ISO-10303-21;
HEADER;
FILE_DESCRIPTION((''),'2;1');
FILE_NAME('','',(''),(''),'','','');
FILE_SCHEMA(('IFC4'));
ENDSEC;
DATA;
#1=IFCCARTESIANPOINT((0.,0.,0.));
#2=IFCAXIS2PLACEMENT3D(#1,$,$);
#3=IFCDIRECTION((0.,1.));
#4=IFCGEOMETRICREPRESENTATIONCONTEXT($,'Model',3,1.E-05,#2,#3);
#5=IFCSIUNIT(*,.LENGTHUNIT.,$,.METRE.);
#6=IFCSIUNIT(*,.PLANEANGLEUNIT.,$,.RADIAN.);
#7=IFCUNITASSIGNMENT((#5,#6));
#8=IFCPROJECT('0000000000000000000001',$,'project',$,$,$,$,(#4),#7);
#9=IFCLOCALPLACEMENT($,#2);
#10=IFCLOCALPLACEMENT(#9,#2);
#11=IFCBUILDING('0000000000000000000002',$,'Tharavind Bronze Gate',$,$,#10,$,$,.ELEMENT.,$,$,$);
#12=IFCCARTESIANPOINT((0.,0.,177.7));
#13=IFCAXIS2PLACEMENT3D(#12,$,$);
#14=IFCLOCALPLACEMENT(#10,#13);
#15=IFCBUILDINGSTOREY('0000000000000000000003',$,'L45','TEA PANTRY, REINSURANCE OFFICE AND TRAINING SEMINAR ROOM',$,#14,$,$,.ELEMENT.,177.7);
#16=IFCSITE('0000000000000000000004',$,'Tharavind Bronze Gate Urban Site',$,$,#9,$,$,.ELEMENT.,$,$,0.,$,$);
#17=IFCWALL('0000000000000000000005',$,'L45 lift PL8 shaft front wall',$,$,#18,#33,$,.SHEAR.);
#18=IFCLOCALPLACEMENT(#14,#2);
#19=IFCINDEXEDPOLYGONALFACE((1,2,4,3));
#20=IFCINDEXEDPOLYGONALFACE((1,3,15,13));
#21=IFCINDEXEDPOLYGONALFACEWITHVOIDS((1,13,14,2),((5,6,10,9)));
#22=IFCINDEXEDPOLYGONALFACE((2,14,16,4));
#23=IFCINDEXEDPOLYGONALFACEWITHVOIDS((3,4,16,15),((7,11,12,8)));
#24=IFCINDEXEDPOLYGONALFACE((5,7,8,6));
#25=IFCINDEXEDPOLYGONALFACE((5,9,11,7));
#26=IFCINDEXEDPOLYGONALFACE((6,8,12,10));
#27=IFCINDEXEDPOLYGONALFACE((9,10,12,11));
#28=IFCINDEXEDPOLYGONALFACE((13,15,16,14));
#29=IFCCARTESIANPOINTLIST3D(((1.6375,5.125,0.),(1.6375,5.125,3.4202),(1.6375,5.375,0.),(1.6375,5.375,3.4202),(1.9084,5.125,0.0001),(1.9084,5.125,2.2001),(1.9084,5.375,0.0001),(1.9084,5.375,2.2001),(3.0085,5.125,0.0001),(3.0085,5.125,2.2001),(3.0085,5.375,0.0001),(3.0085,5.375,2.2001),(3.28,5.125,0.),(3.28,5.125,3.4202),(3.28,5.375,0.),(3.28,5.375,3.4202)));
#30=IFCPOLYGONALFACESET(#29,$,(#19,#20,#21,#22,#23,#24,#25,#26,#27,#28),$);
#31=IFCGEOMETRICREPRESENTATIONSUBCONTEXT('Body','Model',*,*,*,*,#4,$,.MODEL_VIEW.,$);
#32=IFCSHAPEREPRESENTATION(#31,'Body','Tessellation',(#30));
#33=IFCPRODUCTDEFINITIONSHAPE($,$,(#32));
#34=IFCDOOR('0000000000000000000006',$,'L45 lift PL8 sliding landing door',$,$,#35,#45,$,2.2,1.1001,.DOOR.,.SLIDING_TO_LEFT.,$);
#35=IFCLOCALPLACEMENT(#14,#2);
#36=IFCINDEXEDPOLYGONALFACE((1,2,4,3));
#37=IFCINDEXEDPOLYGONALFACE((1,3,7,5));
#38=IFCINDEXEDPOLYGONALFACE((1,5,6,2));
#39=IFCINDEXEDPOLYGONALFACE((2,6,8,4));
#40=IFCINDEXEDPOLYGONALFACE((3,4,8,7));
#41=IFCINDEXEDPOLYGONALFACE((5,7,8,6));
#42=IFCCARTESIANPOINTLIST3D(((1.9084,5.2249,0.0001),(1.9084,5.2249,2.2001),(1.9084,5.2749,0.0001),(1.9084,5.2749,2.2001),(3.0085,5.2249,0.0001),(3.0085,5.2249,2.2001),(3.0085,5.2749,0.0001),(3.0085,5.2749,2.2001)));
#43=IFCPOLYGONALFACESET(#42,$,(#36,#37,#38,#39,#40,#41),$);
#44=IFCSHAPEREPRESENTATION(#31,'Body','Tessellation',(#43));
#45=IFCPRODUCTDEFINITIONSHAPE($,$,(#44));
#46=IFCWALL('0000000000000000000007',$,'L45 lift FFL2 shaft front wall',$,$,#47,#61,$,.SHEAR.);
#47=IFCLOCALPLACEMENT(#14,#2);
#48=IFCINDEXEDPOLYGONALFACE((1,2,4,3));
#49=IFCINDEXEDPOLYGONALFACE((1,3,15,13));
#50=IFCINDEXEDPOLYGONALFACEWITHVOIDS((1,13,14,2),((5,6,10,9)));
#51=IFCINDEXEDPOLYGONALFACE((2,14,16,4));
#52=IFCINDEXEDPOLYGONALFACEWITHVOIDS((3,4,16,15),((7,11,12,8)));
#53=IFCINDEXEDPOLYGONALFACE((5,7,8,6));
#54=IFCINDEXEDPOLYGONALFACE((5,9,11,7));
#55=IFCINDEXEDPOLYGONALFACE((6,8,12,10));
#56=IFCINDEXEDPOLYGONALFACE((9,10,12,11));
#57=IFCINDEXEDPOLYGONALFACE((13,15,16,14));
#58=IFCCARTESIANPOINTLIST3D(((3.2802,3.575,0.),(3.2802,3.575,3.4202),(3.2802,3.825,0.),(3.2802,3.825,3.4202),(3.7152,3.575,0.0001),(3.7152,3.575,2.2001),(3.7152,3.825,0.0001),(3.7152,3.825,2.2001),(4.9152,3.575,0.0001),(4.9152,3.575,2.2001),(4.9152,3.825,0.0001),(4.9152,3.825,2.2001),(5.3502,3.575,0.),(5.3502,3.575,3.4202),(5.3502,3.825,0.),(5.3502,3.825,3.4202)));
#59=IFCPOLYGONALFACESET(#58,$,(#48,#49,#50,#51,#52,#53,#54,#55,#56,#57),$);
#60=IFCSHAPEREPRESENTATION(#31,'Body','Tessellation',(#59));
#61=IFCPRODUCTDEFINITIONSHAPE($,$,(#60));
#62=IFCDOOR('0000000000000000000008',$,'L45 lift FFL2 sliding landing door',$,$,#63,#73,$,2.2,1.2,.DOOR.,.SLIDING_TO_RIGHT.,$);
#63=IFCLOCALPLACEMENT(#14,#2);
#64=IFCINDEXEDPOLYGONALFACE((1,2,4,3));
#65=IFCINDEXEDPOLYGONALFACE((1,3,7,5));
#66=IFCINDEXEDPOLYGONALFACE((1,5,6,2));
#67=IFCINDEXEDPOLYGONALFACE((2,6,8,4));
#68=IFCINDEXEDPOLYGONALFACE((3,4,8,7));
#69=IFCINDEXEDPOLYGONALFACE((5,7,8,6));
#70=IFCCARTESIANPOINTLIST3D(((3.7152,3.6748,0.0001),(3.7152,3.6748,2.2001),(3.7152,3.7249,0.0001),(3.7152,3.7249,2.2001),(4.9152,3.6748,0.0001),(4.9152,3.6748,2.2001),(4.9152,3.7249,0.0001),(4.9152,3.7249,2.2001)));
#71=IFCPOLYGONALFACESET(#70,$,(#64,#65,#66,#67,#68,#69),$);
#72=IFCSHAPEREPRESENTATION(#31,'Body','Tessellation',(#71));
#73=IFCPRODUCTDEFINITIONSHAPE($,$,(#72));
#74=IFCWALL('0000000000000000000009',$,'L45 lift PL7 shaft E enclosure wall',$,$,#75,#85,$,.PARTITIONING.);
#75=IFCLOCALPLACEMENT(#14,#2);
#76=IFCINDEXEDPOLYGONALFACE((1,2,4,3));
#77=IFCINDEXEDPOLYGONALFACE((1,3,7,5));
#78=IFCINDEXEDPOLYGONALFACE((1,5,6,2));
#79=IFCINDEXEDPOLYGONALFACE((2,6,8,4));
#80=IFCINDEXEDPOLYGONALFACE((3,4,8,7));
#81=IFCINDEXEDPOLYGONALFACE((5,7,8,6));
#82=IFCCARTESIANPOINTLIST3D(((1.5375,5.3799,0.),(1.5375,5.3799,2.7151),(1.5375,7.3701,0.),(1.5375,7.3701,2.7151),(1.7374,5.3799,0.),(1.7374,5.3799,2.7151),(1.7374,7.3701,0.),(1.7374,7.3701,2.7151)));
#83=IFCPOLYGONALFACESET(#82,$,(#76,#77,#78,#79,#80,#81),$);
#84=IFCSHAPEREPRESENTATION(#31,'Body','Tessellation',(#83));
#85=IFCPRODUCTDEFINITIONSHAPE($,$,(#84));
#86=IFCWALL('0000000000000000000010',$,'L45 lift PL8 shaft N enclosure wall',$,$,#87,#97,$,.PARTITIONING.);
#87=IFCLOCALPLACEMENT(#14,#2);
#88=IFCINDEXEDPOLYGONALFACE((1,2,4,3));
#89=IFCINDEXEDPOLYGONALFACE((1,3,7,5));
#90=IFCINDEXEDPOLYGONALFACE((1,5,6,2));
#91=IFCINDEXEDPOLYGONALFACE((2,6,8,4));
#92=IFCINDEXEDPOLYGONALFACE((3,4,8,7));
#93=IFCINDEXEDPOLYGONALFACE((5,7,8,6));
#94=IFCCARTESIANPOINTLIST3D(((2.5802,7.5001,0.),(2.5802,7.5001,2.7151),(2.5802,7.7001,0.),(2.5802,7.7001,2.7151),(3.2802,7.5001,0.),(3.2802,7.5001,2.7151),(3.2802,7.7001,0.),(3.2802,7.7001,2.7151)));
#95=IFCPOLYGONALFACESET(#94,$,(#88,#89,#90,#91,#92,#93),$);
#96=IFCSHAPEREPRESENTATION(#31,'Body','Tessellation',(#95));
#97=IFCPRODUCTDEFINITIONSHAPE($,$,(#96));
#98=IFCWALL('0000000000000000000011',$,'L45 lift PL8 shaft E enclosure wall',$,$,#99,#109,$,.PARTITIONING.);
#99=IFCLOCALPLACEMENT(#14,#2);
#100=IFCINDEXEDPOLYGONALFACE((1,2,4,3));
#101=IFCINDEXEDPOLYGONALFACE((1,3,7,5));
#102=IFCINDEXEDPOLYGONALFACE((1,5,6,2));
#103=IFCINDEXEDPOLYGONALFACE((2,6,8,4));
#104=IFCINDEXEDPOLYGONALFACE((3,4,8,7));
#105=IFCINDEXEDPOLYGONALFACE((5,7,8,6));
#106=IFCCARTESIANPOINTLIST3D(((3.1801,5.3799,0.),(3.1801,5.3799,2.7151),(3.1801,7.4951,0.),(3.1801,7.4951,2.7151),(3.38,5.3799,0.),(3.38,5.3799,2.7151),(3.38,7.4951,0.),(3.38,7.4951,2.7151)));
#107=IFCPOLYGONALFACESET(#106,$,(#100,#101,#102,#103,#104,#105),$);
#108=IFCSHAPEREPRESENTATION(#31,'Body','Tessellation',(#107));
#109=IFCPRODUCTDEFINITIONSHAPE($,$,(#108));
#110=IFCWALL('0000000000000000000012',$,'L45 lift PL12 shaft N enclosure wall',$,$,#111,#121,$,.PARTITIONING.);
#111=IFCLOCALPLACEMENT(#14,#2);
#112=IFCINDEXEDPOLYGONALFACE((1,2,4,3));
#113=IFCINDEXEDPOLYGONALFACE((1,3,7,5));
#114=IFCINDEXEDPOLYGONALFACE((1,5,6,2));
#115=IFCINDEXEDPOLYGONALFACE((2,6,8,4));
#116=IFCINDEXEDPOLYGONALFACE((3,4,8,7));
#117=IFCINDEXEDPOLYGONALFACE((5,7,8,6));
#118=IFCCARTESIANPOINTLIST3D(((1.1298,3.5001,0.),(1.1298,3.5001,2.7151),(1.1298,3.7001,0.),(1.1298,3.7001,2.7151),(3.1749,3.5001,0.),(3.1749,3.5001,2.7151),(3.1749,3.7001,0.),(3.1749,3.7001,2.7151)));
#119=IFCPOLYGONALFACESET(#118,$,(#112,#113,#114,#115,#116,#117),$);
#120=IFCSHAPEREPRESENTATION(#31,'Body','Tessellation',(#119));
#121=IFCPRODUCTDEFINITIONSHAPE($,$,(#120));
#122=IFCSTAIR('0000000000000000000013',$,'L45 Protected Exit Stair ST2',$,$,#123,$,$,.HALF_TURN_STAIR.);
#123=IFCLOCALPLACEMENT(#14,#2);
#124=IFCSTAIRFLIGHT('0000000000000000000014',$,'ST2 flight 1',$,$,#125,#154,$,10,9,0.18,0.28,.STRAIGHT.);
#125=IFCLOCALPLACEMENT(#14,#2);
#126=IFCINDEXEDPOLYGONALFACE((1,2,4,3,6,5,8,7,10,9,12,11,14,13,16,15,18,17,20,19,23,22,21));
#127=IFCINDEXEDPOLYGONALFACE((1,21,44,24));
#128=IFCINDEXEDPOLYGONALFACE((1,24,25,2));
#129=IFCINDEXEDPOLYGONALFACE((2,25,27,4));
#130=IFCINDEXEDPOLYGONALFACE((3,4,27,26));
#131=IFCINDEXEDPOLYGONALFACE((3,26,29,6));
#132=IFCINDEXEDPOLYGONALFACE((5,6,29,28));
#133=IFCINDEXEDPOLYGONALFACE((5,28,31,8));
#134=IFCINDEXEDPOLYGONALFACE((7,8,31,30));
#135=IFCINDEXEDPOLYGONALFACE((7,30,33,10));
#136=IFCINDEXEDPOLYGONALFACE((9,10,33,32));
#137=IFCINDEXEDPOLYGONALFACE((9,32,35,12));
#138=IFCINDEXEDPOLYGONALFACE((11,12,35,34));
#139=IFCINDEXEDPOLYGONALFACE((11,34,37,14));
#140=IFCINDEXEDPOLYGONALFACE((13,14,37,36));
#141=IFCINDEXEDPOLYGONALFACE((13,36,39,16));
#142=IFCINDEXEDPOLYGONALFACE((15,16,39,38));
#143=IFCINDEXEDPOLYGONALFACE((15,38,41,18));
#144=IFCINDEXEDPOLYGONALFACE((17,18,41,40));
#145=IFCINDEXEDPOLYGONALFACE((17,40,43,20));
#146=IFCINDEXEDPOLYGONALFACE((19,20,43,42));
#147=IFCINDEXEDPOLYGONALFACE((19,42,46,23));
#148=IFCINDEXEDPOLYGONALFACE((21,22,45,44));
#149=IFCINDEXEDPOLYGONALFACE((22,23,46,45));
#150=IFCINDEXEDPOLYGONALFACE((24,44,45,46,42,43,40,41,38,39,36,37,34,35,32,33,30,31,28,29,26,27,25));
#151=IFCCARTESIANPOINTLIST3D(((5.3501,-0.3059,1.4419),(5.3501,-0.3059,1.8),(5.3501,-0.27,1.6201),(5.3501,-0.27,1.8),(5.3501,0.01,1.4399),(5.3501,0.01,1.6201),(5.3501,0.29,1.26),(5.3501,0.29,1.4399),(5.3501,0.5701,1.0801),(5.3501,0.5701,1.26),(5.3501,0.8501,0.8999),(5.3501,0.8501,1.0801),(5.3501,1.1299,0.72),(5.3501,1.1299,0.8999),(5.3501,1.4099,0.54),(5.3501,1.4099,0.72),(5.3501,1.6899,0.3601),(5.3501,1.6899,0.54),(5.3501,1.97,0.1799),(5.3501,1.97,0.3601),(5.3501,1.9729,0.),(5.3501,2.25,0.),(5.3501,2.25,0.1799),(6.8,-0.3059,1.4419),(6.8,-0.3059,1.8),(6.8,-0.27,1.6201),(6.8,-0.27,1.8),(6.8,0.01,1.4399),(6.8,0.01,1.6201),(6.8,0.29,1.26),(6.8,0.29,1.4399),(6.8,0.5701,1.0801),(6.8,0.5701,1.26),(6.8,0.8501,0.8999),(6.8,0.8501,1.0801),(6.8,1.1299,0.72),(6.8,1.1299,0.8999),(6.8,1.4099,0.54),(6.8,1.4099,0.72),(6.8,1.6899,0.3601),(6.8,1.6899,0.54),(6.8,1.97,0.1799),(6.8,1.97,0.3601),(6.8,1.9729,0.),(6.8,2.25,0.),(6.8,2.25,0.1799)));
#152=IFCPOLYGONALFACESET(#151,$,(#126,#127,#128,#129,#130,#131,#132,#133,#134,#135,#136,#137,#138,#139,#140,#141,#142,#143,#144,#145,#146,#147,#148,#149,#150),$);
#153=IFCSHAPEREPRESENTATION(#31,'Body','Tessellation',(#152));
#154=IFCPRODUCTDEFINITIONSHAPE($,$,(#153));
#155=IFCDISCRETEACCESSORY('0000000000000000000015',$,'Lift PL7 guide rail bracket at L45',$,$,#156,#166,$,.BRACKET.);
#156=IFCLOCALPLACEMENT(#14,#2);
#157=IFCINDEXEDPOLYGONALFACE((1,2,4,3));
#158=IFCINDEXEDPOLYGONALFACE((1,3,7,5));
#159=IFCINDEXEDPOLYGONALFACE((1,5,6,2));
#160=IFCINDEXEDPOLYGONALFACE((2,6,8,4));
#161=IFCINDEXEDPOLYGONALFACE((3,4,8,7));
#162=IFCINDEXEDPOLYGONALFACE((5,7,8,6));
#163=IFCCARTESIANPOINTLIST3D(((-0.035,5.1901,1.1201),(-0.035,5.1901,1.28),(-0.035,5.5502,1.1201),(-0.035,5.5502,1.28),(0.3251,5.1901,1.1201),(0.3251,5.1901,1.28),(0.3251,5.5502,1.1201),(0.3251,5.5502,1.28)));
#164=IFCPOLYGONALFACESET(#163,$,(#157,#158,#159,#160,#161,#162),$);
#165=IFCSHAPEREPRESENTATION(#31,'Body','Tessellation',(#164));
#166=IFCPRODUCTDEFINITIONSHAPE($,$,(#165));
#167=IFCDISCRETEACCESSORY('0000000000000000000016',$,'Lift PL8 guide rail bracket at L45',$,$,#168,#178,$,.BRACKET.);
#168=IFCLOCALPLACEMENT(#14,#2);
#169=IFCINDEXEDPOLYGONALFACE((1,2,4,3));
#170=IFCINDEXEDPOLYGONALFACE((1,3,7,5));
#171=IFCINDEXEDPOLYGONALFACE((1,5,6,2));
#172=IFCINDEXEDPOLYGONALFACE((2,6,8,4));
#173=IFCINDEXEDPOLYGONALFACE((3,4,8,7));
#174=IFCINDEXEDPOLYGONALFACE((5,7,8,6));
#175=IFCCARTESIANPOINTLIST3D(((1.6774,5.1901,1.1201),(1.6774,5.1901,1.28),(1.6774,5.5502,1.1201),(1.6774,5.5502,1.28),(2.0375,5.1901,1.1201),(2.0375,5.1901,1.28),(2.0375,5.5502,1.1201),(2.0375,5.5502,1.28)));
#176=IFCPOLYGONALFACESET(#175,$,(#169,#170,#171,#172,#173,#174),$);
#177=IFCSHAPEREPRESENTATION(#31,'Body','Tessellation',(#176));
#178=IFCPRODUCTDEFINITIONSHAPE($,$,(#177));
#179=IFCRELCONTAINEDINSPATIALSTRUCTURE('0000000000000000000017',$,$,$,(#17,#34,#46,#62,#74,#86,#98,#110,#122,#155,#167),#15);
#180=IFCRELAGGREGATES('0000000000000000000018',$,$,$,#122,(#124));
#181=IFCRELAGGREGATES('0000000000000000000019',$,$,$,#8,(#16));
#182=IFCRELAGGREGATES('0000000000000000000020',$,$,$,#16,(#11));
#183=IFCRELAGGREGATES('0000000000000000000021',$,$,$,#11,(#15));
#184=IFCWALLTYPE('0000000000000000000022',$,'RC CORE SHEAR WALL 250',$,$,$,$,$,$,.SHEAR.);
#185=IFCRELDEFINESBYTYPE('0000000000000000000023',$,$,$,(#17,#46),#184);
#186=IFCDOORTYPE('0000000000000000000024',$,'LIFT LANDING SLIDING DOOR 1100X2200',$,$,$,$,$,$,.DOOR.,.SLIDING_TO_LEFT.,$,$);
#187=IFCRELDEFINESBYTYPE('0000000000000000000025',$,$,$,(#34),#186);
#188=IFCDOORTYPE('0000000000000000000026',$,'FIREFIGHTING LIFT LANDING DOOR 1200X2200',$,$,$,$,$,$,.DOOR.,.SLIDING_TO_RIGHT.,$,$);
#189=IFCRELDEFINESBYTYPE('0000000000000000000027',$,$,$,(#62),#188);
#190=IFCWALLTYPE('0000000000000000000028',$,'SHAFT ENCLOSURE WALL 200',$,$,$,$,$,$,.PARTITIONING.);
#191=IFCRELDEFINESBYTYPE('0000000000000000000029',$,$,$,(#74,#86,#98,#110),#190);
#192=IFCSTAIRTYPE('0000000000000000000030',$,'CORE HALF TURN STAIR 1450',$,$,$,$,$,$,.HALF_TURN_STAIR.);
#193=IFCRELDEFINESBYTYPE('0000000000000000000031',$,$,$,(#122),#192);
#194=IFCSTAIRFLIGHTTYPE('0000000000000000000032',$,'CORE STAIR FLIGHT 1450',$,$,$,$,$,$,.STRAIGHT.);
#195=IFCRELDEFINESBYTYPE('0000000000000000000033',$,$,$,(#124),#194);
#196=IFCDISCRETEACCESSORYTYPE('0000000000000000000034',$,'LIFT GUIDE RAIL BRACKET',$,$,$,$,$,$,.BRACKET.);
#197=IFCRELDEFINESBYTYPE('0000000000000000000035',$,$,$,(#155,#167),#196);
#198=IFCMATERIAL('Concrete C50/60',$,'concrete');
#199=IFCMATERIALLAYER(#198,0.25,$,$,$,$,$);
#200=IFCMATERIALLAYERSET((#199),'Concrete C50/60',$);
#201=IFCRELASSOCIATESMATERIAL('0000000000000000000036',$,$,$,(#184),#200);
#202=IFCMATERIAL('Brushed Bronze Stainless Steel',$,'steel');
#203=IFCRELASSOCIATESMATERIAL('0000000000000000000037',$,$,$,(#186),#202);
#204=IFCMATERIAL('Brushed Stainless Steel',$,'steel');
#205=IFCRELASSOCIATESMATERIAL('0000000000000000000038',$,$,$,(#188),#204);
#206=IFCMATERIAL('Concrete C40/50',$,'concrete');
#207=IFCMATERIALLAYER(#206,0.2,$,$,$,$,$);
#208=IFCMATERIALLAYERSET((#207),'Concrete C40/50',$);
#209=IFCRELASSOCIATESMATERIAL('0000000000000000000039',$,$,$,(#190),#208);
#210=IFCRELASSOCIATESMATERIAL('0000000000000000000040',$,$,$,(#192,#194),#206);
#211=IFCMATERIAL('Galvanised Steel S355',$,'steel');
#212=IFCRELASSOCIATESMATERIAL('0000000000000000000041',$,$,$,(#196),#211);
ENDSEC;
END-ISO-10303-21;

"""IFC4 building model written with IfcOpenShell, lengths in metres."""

from ifc_helpers import new_model, si_unit, direction, frame, frame_2d, origin, origin_2d, place, context, subcontext, project, spatial, polyline, rectangle, outline, extrude, material, layer, layer_set, type_object, element, fill, aggregate, save


model = new_model("IFC4")

# Units and contexts
model_context = context("Model", 3, precision=1e-05, world=origin(), true_north=direction((0.0, 1.0)))
body_context = subcontext(model_context, "Body", "Model", "MODEL_VIEW")
ifc_project = project(units=[si_unit("LENGTHUNIT", "METRE"), si_unit("PLANEANGLEUNIT", "RADIAN")], contexts=[model_context])

# Site, building, storey
site_placement = place(None, origin())
site = spatial("IfcSite", under=ifc_project, at=site_placement, Name="Tharavind Bronze Gate Urban Site", CompositionType="ELEMENT", RefElevation=0.0)
building_placement = place(site_placement, origin())
building = spatial("IfcBuilding", under=site, at=building_placement, Name="Tharavind Bronze Gate", CompositionType="ELEMENT")
storey_placement = place(building_placement, frame((0.0, 0.0, 177.7)))
storey = spatial("IfcBuildingStorey", under=building, at=storey_placement, Name="L45", Description="TEA PANTRY, REINSURANCE OFFICE AND TRAINING SEMINAR ROOM", CompositionType="ELEMENT", Elevation=177.7)

# Walls, openings, doors
ifc_material_1 = material(Name="Concrete C50/60", Category="concrete")
ifc_layer_1 = layer(ifc_material_1, 0.25)
ifc_layer_set_1 = layer_set([ifc_layer_1], Name="Concrete C50/60")
wall_type_1 = type_object("IfcWallType", Name="RC CORE SHEAR WALL 250", PredefinedType="SHEAR", material=ifc_layer_set_1)
wall_1_placement = place(storey_placement, frame((1.6375, 5.25, 0.0), z_axis=(0.0, 0.0, 1.0), x_axis=(1.0, 0.0, 0.0)))
wall_1 = element("IfcWall", 1, at=wall_1_placement, inside=storey, type_object=wall_type_1, Name="L45 lift PL8 shaft front wall", PredefinedType="SHEAR", context=body_context, shape_type="SweptSolid", body=[
    extrude(rectangle(XDim=1.6426, YDim=0.25, at=frame_2d((0.8213, 0.0))), origin(), (0.0, 0.0, 1.0), 3.4202),
])
opening_1_placement = place(wall_1_placement, frame((0.271, 0.0, 0.0)))
opening_1 = element("IfcOpeningElement", 2, at=opening_1_placement, cuts=wall_1, PredefinedType="OPENING", context=body_context, shape_type="SweptSolid", body=[
    extrude(rectangle(XDim=1.1001, YDim=2.2, at=frame_2d((0.55, 1.1001))), frame((0.0, 0.135, 0.0), z_axis=(0.0, -1.0, 0.0), x_axis=(1.0, 0.0, 0.0)), (0.0, 0.0, 1.0), 0.27),
])
ifc_material_2 = material(Name="Brushed Bronze Stainless Steel", Category="steel")
door_type_1 = type_object("IfcDoorType", Name="LIFT LANDING SLIDING DOOR 1100X2200", OperationType="SLIDING_TO_LEFT", PredefinedType="DOOR", material=ifc_material_2)
door_1_placement = place(opening_1_placement, origin())
door_1 = element("IfcDoor", 3, at=door_1_placement, inside=storey, type_object=door_type_1, Name="L45 lift PL8 sliding landing door", OperationType="SLIDING_TO_LEFT", OverallHeight=2.2, OverallWidth=1.1001, PredefinedType="DOOR", context=body_context, shape_type="SweptSolid", body=[
    extrude(rectangle(XDim=1.1001, YDim=2.2, at=frame_2d((0.55, 1.1001))), frame((0.0, 0.0249, 0.0), z_axis=(0.0, -1.0, 0.0), x_axis=(1.0, 0.0, 0.0)), (0.0, 0.0, 1.0), 0.05),
])
fill(opening_1, door_1)
wall_2_placement = place(storey_placement, frame((3.28, 3.7, 0.0), z_axis=(0.0, 0.0, 1.0), x_axis=(1.0, 0.0, 0.0)))
wall_2 = element("IfcWall", 4, at=wall_2_placement, inside=storey, type_object=wall_type_1, Name="L45 lift FFL2 shaft front wall", PredefinedType="SHEAR", context=body_context, shape_type="SweptSolid", body=[
    extrude(rectangle(XDim=2.0701, YDim=0.25, at=frame_2d((1.0352, 0.0))), origin(), (0.0, 0.0, 1.0), 3.4202),
])
opening_2_placement = place(wall_2_placement, frame((0.4351, 0.0, 0.0)))
opening_2 = element("IfcOpeningElement", 5, at=opening_2_placement, cuts=wall_2, PredefinedType="OPENING", context=body_context, shape_type="SweptSolid", body=[
    extrude(rectangle(XDim=1.2, YDim=2.2, at=frame_2d((0.6001, 1.1001))), frame((0.0, 0.135, 0.0), z_axis=(0.0, -1.0, 0.0), x_axis=(1.0, 0.0, 0.0)), (0.0, 0.0, 1.0), 0.27),
])
ifc_material_3 = material(Name="Brushed Stainless Steel", Category="steel")
door_type_2 = type_object("IfcDoorType", Name="FIREFIGHTING LIFT LANDING DOOR 1200X2200", OperationType="SLIDING_TO_RIGHT", PredefinedType="DOOR", material=ifc_material_3)
door_2_placement = place(opening_2_placement, origin())
door_2 = element("IfcDoor", 6, at=door_2_placement, inside=storey, type_object=door_type_2, Name="L45 lift FFL2 sliding landing door", OperationType="SLIDING_TO_RIGHT", OverallHeight=2.2, OverallWidth=1.2, PredefinedType="DOOR", context=body_context, shape_type="SweptSolid", body=[
    extrude(rectangle(XDim=1.2, YDim=2.2, at=frame_2d((0.6001, 1.1001))), frame((0.0, 0.0249, 0.0), z_axis=(0.0, -1.0, 0.0), x_axis=(1.0, 0.0, 0.0)), (0.0, 0.0, 1.0), 0.05),
])
fill(opening_2, door_2)

# Walls
ifc_material_4 = material(Name="Concrete C40/50", Category="concrete")
ifc_layer_2 = layer(ifc_material_4, 0.2)
ifc_layer_set_2 = layer_set([ifc_layer_2], Name="Concrete C40/50")
wall_type_2 = type_object("IfcWallType", Name="SHAFT ENCLOSURE WALL 200", PredefinedType="PARTITIONING", material=ifc_layer_set_2)
wall_3_placement = place(storey_placement, frame((1.6375, 5.3799, 0.0), z_axis=(0.0, 0.0, 1.0), x_axis=(0.0, 1.0, 0.0)))
element("IfcWall", 7, at=wall_3_placement, inside=storey, type_object=wall_type_2, Name="L45 lift PL7 shaft E enclosure wall", PredefinedType="PARTITIONING", context=body_context, shape_type="SweptSolid", body=[
    extrude(rectangle(XDim=1.9902, YDim=0.2, at=frame_2d((0.9951, 0.0))), origin(), (0.0, 0.0, 1.0), 2.7151),
])
wall_4_placement = place(storey_placement, frame((2.5801, 7.6001, 0.0), z_axis=(0.0, 0.0, 1.0), x_axis=(1.0, 0.0, 0.0)))
element("IfcWall", 8, at=wall_4_placement, inside=storey, type_object=wall_type_2, Name="L45 lift PL8 shaft N enclosure wall", PredefinedType="PARTITIONING", context=body_context, shape_type="SweptSolid", body=[
    extrude(rectangle(XDim=0.7, YDim=0.2, at=frame_2d((0.3501, 0.0))), origin(), (0.0, 0.0, 1.0), 2.7151),
])
wall_5_placement = place(storey_placement, frame((3.28, 5.3799, 0.0), z_axis=(0.0, 0.0, 1.0), x_axis=(0.0, 1.0, 0.0)))
element("IfcWall", 9, at=wall_5_placement, inside=storey, type_object=wall_type_2, Name="L45 lift PL8 shaft E enclosure wall", PredefinedType="PARTITIONING", context=body_context, shape_type="SweptSolid", body=[
    extrude(rectangle(XDim=2.1152, YDim=0.2, at=frame_2d((1.0576, 0.0))), origin(), (0.0, 0.0, 1.0), 2.7151),
])
wall_6_placement = place(storey_placement, frame((1.1299, 3.6001, 0.0), z_axis=(0.0, 0.0, 1.0), x_axis=(1.0, 0.0, 0.0)))
element("IfcWall", 10, at=wall_6_placement, inside=storey, type_object=wall_type_2, Name="L45 lift PL12 shaft N enclosure wall", PredefinedType="PARTITIONING", context=body_context, shape_type="SweptSolid", body=[
    extrude(rectangle(XDim=2.0452, YDim=0.2, at=frame_2d((1.0225, 0.0))), origin(), (0.0, 0.0, 1.0), 2.7151),
])

# Stair, stair flight
stair_type = type_object("IfcStairType", Name="CORE HALF TURN STAIR 1450", PredefinedType="HALF_TURN_STAIR", material=ifc_material_4)
stair_placement = place(storey_placement, origin())
stair = element("IfcStair", 11, at=stair_placement, inside=storey, type_object=stair_type, Name="L45 Protected Exit Stair ST2", PredefinedType="HALF_TURN_STAIR")
stair_flight_type = type_object("IfcStairFlightType", Name="CORE STAIR FLIGHT 1450", PredefinedType="STRAIGHT", material=ifc_material_4)
stair_flight_placement = place(storey_placement, frame((6.075, 2.25, 0.0), z_axis=(0.0, 0.0, 1.0), x_axis=(0.0, -1.0, 0.0)))
stair_flight = element("IfcStairFlight", 12, at=stair_flight_placement, type_object=stair_flight_type, Name="ST2 flight 1", NumberOfRisers=10, NumberOfTreads=9, PredefinedType="STRAIGHT", RiserHeight=0.18, TreadLength=0.28, context=body_context, shape_type="SweptSolid", body=[
    extrude(outline(polyline([(0.0, 0.0), (0.0, 0.1799), (0.28, 0.1799), (0.28, 0.3601), (0.5601, 0.3601), (0.5601, 0.54), (0.8401, 0.54), (0.8401, 0.72), (1.1201, 0.72), (1.1201, 0.8999), (1.3999, 0.8999), (1.3999, 1.0801), (1.6799, 1.0801), (1.6799, 1.26), (1.96, 1.26), (1.96, 1.4399), (2.24, 1.4399), (2.24, 1.6201), (2.52, 1.6201), (2.52, 1.8), (2.5559, 1.8), (2.5559, 1.4419), (0.2771, 0.0), (0.0, 0.0)])), frame((0.0, 0.7251, 0.0), z_axis=(0.0, -1.0, 0.0), x_axis=(1.0, 0.0, 0.0)), (0.0, 0.0, 1.0), 1.45),
])
aggregate(stair, [stair_flight])

# Discrete accessories
ifc_material_5 = material(Name="Galvanised Steel S355", Category="steel")
discrete_accessory_type = type_object("IfcDiscreteAccessoryType", Name="LIFT GUIDE RAIL BRACKET", PredefinedType="BRACKET", material=ifc_material_5)
for number, where, z_axis, x_axis, name in (
    (13, (0.145, 5.3701, 1.1201), (0.0, 0.0, 1.0), (1.0, 0.0, 0.0), "Lift PL7 guide rail bracket at L45"),
    (14, (1.8574, 5.3701, 1.1201), (0.0, 0.0, 1.0), (1.0, 0.0, 0.0), "Lift PL8 guide rail bracket at L45"),
):
    element("IfcDiscreteAccessory", number, at=place(storey_placement, frame(where, z_axis=z_axis, x_axis=x_axis)), inside=storey, type_object=discrete_accessory_type, Name=name, PredefinedType="BRACKET", context=body_context, shape_type="SweptSolid", body=[
        extrude(rectangle(XDim=0.3601, YDim=0.3601, at=origin_2d()), origin(), (0.0, 0.0, 1.0), 0.1599),
    ])

save(model, "model.ifc")
